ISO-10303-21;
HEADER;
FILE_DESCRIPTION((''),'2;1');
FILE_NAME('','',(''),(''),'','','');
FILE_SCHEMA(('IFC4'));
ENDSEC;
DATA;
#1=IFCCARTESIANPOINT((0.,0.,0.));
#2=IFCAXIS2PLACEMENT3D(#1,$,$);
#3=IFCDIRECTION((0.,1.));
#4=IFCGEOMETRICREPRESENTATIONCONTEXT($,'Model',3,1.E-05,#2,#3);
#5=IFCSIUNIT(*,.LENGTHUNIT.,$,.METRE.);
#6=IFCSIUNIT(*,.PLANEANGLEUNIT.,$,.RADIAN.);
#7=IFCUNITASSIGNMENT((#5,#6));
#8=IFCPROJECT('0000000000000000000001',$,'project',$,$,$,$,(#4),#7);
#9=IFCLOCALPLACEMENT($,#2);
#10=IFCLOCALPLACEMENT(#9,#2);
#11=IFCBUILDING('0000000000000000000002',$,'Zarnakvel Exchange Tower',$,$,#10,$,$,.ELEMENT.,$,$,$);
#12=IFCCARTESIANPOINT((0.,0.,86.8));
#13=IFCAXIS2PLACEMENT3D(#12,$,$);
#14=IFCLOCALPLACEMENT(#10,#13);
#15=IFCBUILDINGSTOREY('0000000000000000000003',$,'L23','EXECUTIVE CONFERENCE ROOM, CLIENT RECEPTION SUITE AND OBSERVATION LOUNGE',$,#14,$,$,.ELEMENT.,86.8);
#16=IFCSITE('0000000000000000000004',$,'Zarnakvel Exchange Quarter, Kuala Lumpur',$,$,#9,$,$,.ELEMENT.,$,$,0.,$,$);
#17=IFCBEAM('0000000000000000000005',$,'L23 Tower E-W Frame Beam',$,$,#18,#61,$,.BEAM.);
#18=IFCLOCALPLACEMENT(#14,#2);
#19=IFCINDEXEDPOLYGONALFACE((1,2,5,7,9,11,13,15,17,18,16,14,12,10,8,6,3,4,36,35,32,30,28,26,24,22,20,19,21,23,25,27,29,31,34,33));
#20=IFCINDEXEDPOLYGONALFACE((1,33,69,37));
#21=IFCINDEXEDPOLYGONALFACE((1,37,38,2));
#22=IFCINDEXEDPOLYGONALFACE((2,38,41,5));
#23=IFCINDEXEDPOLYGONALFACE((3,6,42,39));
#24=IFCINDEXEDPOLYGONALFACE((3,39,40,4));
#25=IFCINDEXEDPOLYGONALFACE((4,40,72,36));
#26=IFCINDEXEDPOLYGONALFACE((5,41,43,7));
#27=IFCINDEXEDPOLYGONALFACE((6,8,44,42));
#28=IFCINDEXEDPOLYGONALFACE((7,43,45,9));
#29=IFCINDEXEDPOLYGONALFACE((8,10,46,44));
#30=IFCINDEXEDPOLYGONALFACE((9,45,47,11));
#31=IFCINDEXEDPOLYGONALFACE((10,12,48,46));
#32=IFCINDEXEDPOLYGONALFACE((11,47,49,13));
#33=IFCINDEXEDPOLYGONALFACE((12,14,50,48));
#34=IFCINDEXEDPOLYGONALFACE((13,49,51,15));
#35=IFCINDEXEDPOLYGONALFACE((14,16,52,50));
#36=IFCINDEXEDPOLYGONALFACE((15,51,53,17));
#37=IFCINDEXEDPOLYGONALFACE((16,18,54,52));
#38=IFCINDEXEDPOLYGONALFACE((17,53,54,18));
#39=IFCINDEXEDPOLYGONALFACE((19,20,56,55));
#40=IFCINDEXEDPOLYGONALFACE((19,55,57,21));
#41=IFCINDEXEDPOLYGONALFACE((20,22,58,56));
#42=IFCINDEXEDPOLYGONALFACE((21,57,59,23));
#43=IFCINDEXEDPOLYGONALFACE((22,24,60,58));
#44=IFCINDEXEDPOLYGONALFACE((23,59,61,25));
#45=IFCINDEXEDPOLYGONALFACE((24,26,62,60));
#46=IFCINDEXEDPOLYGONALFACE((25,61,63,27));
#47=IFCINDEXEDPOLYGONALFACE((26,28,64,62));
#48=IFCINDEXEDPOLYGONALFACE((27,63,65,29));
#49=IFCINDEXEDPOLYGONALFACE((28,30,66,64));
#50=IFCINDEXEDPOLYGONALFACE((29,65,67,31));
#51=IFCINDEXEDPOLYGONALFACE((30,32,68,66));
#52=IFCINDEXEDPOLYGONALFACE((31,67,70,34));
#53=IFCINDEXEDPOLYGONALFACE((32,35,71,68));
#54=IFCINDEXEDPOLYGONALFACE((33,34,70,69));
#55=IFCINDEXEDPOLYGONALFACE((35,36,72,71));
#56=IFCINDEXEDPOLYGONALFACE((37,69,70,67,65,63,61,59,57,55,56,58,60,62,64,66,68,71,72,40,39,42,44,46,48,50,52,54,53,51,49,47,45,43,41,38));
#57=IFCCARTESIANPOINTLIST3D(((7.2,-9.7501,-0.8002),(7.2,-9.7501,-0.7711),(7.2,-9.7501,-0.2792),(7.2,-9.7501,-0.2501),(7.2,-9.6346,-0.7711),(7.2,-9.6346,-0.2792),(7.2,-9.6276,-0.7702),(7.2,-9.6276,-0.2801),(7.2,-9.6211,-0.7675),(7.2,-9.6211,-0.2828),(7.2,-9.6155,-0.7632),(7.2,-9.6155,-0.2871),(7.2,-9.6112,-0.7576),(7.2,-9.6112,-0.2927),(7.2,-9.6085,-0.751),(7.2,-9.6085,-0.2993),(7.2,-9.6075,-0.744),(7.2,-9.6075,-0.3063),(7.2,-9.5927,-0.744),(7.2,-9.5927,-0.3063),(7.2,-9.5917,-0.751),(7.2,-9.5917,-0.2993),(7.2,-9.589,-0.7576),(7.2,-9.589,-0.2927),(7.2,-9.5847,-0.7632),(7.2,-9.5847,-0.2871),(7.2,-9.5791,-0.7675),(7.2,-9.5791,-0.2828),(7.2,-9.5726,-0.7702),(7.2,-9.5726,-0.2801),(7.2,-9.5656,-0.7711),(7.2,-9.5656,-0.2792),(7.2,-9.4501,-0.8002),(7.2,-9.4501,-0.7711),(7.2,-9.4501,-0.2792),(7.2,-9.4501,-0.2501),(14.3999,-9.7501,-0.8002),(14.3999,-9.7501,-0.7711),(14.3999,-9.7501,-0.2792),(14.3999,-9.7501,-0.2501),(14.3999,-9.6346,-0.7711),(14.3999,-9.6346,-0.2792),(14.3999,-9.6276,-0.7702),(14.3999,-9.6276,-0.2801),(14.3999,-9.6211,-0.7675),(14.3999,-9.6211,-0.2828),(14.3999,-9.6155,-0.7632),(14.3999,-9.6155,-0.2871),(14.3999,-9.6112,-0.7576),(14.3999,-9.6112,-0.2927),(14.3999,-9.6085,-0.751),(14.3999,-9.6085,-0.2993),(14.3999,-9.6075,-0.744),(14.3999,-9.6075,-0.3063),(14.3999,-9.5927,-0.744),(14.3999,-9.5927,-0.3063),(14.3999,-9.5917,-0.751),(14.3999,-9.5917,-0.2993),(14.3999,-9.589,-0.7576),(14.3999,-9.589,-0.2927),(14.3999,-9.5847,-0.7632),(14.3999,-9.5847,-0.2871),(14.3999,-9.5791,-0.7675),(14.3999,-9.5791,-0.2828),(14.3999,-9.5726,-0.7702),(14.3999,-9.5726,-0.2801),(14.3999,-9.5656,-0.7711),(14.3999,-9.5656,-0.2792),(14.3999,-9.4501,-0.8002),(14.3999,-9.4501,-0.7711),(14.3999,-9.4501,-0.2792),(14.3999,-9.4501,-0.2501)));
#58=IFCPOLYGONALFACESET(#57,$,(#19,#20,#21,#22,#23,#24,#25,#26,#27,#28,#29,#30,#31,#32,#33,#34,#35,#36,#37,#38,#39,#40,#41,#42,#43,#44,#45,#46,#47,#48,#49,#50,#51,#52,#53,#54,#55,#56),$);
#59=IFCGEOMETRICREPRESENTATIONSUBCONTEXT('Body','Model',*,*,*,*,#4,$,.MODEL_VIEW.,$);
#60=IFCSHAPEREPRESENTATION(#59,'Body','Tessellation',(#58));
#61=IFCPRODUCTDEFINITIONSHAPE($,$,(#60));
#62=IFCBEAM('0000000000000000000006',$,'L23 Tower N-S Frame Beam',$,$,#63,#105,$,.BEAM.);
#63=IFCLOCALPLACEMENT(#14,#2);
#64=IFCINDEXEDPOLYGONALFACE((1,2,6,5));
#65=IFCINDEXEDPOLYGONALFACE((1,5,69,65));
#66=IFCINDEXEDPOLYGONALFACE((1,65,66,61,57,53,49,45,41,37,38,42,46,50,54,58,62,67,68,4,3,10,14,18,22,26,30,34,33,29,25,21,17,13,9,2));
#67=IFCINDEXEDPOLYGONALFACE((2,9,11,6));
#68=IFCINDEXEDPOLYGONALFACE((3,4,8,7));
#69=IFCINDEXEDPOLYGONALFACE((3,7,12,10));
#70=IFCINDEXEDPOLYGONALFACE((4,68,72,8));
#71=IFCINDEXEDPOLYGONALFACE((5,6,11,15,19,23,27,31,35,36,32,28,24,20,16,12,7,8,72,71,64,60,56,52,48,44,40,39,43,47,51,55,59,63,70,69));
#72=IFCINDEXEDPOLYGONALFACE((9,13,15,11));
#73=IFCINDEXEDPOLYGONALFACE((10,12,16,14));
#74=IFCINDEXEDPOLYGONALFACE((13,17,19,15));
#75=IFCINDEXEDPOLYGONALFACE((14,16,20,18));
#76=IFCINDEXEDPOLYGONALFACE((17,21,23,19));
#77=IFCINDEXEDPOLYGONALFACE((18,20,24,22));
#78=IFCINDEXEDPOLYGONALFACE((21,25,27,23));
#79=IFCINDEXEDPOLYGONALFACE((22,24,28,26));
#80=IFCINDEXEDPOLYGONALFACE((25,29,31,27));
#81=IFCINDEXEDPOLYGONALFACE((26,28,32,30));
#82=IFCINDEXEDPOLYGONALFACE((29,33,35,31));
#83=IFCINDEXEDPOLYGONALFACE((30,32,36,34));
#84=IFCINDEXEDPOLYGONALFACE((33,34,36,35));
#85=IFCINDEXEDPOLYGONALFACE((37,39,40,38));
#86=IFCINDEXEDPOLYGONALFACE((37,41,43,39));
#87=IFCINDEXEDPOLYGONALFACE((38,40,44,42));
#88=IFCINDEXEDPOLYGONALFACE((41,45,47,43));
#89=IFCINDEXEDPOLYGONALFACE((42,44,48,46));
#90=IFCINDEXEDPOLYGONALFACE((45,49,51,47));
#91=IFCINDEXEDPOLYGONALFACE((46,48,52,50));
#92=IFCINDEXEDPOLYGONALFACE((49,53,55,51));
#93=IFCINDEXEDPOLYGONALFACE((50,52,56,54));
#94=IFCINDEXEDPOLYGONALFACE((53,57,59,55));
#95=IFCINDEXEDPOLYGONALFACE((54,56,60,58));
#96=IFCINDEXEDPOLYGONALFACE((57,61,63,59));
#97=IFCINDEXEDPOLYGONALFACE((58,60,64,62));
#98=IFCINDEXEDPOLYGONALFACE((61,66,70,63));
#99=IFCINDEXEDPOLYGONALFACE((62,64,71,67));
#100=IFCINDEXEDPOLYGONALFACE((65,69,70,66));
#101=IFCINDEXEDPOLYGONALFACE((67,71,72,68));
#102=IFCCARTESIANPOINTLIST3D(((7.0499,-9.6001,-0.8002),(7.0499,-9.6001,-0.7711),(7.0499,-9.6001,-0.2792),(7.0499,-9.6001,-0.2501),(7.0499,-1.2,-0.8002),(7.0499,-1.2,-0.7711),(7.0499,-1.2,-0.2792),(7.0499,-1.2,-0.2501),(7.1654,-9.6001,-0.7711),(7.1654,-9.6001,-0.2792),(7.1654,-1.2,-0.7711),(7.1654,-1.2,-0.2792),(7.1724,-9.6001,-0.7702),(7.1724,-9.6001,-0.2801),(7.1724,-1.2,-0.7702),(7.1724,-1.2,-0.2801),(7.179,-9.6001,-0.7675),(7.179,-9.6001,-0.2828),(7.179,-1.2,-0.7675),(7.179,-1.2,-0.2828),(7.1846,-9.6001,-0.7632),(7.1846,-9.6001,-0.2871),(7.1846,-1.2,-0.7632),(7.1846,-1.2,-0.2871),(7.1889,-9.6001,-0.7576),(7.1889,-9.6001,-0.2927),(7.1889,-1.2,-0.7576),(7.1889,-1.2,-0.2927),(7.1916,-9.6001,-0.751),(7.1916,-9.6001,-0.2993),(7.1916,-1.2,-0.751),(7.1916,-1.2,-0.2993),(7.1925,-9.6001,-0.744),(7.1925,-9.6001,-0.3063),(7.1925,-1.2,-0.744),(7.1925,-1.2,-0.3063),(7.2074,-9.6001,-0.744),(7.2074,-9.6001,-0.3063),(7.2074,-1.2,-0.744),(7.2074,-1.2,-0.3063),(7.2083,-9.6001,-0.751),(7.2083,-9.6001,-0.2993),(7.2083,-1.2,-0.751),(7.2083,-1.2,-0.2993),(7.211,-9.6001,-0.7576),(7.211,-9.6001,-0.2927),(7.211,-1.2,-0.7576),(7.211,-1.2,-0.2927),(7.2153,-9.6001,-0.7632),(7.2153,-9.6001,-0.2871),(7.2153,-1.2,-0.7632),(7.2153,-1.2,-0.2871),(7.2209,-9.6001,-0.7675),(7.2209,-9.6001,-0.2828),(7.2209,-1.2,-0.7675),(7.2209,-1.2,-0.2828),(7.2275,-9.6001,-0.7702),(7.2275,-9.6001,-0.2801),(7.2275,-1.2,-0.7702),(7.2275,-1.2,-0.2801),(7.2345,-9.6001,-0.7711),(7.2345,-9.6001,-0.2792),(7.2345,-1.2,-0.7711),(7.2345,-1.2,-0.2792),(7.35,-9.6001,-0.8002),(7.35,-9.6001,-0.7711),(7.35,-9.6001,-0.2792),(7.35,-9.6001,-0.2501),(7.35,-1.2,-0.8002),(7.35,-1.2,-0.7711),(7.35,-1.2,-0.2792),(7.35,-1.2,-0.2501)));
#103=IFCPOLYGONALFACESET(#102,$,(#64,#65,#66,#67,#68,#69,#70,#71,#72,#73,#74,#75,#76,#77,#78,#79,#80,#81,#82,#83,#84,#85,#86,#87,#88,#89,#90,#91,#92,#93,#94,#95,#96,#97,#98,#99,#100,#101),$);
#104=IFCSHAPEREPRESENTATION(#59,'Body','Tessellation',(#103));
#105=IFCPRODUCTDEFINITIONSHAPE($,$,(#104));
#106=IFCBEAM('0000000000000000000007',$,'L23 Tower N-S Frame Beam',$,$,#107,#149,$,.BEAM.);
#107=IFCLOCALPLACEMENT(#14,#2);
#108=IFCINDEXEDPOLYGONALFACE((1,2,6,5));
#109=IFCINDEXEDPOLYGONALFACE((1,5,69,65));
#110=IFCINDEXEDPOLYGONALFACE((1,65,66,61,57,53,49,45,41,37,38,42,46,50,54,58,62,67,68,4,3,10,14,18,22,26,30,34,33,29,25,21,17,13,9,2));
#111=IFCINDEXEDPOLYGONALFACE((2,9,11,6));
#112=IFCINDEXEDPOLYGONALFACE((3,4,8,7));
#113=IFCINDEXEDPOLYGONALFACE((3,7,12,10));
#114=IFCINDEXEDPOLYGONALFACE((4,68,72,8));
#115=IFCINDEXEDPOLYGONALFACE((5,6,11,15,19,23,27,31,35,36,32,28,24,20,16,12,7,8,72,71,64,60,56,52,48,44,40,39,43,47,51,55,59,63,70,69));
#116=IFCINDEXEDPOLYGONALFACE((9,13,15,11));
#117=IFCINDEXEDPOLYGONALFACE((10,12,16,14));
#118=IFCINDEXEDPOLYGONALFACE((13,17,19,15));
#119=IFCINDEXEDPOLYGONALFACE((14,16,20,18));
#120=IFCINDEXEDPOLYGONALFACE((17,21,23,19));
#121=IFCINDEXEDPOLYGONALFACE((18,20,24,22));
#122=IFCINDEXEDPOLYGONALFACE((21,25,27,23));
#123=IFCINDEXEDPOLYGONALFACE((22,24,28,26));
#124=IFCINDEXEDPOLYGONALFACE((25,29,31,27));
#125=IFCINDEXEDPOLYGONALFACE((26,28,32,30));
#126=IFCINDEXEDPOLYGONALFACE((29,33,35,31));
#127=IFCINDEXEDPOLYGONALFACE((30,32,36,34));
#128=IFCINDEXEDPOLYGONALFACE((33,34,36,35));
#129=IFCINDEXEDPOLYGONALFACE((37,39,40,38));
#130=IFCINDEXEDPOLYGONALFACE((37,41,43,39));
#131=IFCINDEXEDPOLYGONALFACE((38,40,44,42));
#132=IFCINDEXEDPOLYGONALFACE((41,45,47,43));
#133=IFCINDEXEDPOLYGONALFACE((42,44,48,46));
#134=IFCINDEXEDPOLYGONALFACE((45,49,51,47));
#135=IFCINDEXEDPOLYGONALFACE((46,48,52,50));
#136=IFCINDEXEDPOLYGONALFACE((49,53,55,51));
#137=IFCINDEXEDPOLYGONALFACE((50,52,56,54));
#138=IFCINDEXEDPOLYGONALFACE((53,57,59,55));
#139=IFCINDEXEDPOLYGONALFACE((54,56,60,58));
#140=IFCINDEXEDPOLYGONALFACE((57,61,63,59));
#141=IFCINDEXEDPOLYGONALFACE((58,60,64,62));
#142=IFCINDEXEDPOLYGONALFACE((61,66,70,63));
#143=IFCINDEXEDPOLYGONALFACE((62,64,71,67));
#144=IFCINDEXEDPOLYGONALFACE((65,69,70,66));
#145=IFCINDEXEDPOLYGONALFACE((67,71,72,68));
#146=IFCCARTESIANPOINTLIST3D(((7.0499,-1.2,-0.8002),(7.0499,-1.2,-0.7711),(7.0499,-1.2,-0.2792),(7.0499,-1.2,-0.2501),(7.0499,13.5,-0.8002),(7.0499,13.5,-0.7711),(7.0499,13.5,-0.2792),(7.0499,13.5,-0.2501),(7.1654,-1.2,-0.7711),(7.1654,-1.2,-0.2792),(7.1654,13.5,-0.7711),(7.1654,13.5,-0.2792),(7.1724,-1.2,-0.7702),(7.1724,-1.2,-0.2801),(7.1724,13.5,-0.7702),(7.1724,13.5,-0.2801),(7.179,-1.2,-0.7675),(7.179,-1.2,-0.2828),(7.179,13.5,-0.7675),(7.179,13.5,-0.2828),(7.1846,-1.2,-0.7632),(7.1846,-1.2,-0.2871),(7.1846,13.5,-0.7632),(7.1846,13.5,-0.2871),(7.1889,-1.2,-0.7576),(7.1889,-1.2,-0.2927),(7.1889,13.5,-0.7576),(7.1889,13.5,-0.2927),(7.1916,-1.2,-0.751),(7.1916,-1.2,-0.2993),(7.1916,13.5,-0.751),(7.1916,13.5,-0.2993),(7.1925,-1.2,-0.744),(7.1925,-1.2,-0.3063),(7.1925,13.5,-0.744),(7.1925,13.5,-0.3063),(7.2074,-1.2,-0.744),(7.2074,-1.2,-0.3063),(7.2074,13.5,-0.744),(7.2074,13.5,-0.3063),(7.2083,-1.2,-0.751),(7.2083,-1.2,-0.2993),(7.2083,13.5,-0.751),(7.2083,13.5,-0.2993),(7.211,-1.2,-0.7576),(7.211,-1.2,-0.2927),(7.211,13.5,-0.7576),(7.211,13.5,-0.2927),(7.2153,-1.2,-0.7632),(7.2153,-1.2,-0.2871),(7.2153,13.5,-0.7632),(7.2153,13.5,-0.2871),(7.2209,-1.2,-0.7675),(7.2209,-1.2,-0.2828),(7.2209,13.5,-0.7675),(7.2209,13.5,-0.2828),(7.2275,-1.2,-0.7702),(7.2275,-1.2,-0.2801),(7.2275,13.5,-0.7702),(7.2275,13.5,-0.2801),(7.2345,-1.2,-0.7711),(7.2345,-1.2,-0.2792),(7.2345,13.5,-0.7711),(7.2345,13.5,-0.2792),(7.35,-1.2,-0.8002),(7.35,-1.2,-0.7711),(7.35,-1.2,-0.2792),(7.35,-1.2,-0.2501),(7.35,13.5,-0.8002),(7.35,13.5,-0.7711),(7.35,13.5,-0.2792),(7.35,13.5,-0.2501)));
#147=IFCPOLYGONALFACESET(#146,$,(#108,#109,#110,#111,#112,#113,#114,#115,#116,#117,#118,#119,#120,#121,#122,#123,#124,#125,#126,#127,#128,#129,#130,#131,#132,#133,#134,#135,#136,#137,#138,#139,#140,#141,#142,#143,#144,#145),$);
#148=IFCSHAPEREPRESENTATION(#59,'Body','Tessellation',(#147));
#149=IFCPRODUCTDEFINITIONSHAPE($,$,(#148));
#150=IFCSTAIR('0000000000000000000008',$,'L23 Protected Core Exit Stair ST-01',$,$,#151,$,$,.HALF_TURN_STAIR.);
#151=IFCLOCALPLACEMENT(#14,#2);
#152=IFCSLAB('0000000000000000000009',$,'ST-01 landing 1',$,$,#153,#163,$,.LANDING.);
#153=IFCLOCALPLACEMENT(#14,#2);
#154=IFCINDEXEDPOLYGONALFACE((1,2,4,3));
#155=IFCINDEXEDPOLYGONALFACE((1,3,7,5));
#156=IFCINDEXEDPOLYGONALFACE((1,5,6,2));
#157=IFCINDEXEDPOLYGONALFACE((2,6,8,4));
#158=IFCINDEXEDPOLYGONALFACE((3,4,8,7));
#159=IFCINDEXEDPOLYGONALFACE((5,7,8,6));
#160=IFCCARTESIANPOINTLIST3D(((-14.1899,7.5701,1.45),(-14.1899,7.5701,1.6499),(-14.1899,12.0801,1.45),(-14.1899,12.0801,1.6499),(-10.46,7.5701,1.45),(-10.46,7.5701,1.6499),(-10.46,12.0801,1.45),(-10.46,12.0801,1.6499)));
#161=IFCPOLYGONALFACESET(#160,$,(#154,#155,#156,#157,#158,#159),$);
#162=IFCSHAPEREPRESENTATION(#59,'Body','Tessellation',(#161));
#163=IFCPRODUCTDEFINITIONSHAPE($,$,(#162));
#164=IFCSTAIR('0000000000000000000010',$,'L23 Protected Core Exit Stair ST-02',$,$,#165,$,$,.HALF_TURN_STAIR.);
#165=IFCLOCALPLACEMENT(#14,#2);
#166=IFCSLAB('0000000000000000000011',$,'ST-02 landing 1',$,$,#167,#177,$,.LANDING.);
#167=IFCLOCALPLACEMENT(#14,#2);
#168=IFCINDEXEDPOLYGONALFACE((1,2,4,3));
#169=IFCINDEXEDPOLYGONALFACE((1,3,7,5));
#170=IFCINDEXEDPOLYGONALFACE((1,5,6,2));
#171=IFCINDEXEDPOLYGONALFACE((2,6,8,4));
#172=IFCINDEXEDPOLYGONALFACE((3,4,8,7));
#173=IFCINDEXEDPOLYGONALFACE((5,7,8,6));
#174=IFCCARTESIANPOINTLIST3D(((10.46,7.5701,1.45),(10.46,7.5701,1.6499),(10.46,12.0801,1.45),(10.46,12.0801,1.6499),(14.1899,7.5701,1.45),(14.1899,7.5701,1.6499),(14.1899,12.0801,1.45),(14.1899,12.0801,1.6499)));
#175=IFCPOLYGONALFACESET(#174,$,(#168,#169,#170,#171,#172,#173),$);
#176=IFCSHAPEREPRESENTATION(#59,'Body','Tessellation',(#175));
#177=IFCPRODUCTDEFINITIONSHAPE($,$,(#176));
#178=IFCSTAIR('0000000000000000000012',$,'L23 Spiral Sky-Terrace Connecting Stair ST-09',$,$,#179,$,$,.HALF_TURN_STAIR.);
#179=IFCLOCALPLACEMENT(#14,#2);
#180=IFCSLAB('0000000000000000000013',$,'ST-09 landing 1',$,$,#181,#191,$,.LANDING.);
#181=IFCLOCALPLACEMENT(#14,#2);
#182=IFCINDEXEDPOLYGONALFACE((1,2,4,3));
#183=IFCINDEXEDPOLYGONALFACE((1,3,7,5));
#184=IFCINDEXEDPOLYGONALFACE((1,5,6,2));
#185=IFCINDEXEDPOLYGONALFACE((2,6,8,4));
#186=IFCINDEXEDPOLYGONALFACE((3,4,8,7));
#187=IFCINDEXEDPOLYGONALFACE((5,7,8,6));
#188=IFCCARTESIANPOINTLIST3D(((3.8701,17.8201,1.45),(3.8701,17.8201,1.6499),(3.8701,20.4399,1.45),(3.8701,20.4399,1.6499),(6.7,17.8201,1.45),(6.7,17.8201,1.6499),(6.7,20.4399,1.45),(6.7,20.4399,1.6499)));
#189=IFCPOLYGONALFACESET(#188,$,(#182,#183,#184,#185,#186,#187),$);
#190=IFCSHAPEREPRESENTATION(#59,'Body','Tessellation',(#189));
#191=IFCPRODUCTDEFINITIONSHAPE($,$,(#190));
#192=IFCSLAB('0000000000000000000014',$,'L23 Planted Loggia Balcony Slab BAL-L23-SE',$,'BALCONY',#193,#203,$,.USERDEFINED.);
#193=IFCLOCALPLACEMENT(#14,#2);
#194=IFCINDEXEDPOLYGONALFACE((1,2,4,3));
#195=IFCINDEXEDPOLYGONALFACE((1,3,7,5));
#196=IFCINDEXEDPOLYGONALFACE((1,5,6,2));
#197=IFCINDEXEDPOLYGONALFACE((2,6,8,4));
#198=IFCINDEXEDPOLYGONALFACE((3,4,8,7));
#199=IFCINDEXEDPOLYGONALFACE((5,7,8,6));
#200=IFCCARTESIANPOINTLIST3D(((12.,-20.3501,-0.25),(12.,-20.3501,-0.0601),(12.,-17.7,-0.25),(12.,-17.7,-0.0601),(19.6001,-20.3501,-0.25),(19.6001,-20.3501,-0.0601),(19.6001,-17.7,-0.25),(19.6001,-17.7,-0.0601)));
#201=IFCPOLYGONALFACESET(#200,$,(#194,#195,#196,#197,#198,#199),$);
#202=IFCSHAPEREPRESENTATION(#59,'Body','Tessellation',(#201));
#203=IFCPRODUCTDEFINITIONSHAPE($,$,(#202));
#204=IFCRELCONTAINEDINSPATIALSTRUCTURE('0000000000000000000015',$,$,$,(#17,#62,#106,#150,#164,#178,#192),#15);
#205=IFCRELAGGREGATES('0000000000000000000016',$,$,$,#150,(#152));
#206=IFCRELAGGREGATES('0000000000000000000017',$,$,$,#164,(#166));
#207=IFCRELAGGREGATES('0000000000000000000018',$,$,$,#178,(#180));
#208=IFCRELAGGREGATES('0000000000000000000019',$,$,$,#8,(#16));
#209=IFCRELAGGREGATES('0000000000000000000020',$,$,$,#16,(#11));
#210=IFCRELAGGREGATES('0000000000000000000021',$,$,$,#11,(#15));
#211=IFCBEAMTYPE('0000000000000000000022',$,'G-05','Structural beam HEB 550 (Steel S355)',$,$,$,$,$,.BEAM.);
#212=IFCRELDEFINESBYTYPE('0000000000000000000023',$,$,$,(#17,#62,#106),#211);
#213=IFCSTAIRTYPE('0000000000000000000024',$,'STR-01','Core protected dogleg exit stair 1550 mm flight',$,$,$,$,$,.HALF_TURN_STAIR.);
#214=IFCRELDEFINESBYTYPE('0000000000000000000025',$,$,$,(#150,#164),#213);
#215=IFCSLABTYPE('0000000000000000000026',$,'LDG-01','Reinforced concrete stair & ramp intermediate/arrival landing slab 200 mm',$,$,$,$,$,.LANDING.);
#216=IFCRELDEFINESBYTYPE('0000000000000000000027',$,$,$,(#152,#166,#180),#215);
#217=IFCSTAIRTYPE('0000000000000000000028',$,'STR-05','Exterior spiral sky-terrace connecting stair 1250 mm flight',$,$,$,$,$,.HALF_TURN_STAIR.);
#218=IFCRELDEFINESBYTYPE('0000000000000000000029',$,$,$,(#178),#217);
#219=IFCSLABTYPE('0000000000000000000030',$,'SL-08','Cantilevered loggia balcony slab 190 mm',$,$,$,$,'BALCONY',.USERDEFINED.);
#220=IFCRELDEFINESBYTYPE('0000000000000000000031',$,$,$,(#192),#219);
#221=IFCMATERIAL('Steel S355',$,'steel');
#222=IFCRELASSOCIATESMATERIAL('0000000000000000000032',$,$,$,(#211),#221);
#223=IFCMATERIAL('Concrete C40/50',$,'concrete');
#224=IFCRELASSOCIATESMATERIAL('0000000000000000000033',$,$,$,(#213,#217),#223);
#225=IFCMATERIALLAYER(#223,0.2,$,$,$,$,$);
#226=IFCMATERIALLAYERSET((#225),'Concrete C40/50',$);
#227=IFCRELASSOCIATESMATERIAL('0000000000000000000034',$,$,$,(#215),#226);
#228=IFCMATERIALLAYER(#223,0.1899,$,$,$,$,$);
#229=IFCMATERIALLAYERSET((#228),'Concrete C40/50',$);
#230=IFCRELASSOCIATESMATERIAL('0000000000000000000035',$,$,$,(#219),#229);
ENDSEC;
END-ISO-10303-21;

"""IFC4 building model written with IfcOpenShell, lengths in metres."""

from ifc_helpers import new_model, si_unit, direction, frame, origin, origin_2d, place, context, subcontext, project, spatial, polyline, i_section, outline, extrude, material, layer, layer_set, material_profile, profile_set, type_object, element, aggregate, save


model = new_model("IFC4")

# Units and contexts
model_context = context("Model", 3, precision=1e-05, world=origin(), true_north=direction((0.0, 1.0)))
body_context = subcontext(model_context, "Body", "Model", "MODEL_VIEW")
ifc_project = project(units=[si_unit("LENGTHUNIT", "METRE"), si_unit("PLANEANGLEUNIT", "RADIAN")], contexts=[model_context])

# Site, building, storey
site_placement = place(None, origin())
site = spatial("IfcSite", under=ifc_project, at=site_placement, Name="Zarnakvel Exchange Quarter, Kuala Lumpur", CompositionType="ELEMENT", RefElevation=0.0)
building_placement = place(site_placement, origin())
building = spatial("IfcBuilding", under=site, at=building_placement, Name="Zarnakvel Exchange Tower", CompositionType="ELEMENT")
storey_placement = place(building_placement, frame((0.0, 0.0, 86.8)))
storey = spatial("IfcBuildingStorey", under=building, at=storey_placement, Name="L23", Description="EXECUTIVE CONFERENCE ROOM, CLIENT RECEPTION SUITE AND OBSERVATION LOUNGE", CompositionType="ELEMENT", Elevation=86.8)

# Beams
ifc_material_1 = material(Name="Steel S355", Category="steel")
ifc_material_profile_1 = material_profile(ifc_material_1, i_section(OverallWidth=0.3, OverallDepth=0.55, WebThickness=0.0149, FlangeThickness=0.0291, FilletRadius=0.0271, at=origin_2d()))
ifc_profile_set_1 = profile_set([ifc_material_profile_1], Name="Steel S355")
beam_type_1 = type_object("IfcBeamType", Name="G-05", Description="Structural beam HEB 550 (Steel S355)", PredefinedType="BEAM", material=ifc_profile_set_1)
beam_1_placement = place(storey_placement, frame((7.2, -9.6001, -0.5251), z_axis=(1.0, 0.0, 0.0), x_axis=(0.0, 1.0, 0.0)))
element("IfcBeam", 1, at=beam_1_placement, inside=storey, type_object=beam_type_1, Name="L23 Tower E-W Frame Beam", PredefinedType="BEAM", context=body_context, shape_type="SweptSolid", body=[
    extrude(i_section(OverallWidth=0.3, OverallDepth=0.55, WebThickness=0.0149, FlangeThickness=0.0291, FilletRadius=0.0271, at=origin_2d()), origin(), (0.0, 0.0, 1.0), 7.2),
])
beam_2_placement = place(storey_placement, frame((7.2, -9.6001, -0.5251), z_axis=(0.0, 1.0, 0.0), x_axis=(-1.0, 0.0, 0.0)))
element("IfcBeam", 2, at=beam_2_placement, inside=storey, type_object=beam_type_1, Name="L23 Tower N-S Frame Beam", PredefinedType="BEAM", context=body_context, shape_type="SweptSolid", body=[
    extrude(i_section(OverallWidth=0.3, OverallDepth=0.55, WebThickness=0.0149, FlangeThickness=0.0291, FilletRadius=0.0271, at=origin_2d()), origin(), (0.0, 0.0, 1.0), 8.4001),
])
beam_3_placement = place(storey_placement, frame((7.2, -1.2, -0.5251), z_axis=(0.0, 1.0, 0.0), x_axis=(-1.0, 0.0, 0.0)))
element("IfcBeam", 3, at=beam_3_placement, inside=storey, type_object=beam_type_1, Name="L23 Tower N-S Frame Beam", PredefinedType="BEAM", context=body_context, shape_type="SweptSolid", body=[
    extrude(i_section(OverallWidth=0.3, OverallDepth=0.55, WebThickness=0.0149, FlangeThickness=0.0291, FilletRadius=0.0271, at=origin_2d()), origin(), (0.0, 0.0, 1.0), 14.7),
])

# Stairs, slabs
ifc_material_2 = material(Name="Concrete C40/50", Category="concrete")
stair_type_1 = type_object("IfcStairType", Name="STR-01", Description="Core protected dogleg exit stair 1550 mm flight", PredefinedType="HALF_TURN_STAIR", material=ifc_material_2)
stair_1_placement = place(storey_placement, origin())
stair_1 = element("IfcStair", 4, at=stair_1_placement, inside=storey, type_object=stair_type_1, Name="L23 Protected Core Exit Stair ST-01", PredefinedType="HALF_TURN_STAIR")
ifc_layer_1 = layer(ifc_material_2, 0.2)
ifc_layer_set_1 = layer_set([ifc_layer_1], Name="Concrete C40/50")
slab_type_1 = type_object("IfcSlabType", Name="LDG-01", Description="Reinforced concrete stair & ramp intermediate/arrival landing slab 200 mm", PredefinedType="LANDING", material=ifc_layer_set_1)
slab_1_placement = place(storey_placement, frame((0.0, 0.0, 1.45)))
slab_1 = element("IfcSlab", 5, at=slab_1_placement, type_object=slab_type_1, Name="ST-01 landing 1", PredefinedType="LANDING", context=body_context, shape_type="SweptSolid", body=[
    extrude(outline(polyline([(-14.1899, 7.5701), (-10.46, 7.5701), (-10.46, 12.0801), (-14.1899, 12.0801), (-14.1899, 7.5701)])), origin(), (0.0, 0.0, 1.0), 0.2),
])
aggregate(stair_1, [slab_1])
stair_2_placement = place(storey_placement, origin())
stair_2 = element("IfcStair", 6, at=stair_2_placement, inside=storey, type_object=stair_type_1, Name="L23 Protected Core Exit Stair ST-02", PredefinedType="HALF_TURN_STAIR")
slab_2_placement = place(storey_placement, frame((0.0, 0.0, 1.45)))
slab_2 = element("IfcSlab", 7, at=slab_2_placement, type_object=slab_type_1, Name="ST-02 landing 1", PredefinedType="LANDING", context=body_context, shape_type="SweptSolid", body=[
    extrude(outline(polyline([(10.46, 7.5701), (14.1899, 7.5701), (14.1899, 12.0801), (10.46, 12.0801), (10.46, 7.5701)])), origin(), (0.0, 0.0, 1.0), 0.2),
])
aggregate(stair_2, [slab_2])
stair_type_2 = type_object("IfcStairType", Name="STR-05", Description="Exterior spiral sky-terrace connecting stair 1250 mm flight", PredefinedType="HALF_TURN_STAIR", material=ifc_material_2)
stair_3_placement = place(storey_placement, origin())
stair_3 = element("IfcStair", 8, at=stair_3_placement, inside=storey, type_object=stair_type_2, Name="L23 Spiral Sky-Terrace Connecting Stair ST-09", PredefinedType="HALF_TURN_STAIR")
slab_3_placement = place(storey_placement, frame((0.0, 0.0, 1.45)))
slab_3 = element("IfcSlab", 9, at=slab_3_placement, type_object=slab_type_1, Name="ST-09 landing 1", PredefinedType="LANDING", context=body_context, shape_type="SweptSolid", body=[
    extrude(outline(polyline([(3.8701, 17.8201), (6.7, 17.8201), (6.7, 20.4399), (3.8701, 20.4399), (3.8701, 17.8201)])), origin(), (0.0, 0.0, 1.0), 0.2),
])
aggregate(stair_3, [slab_3])

# Slab
ifc_layer_2 = layer(ifc_material_2, 0.1899)
ifc_layer_set_2 = layer_set([ifc_layer_2], Name="Concrete C40/50")
slab_type_2 = type_object("IfcSlabType", Name="SL-08", Description="Cantilevered loggia balcony slab 190 mm", ElementType="BALCONY", PredefinedType="USERDEFINED", material=ifc_layer_set_2)
slab_4_placement = place(storey_placement, frame((0.0, 0.0, -0.25)))
element("IfcSlab", 10, at=slab_4_placement, inside=storey, type_object=slab_type_2, Name="L23 Planted Loggia Balcony Slab BAL-L23-SE", ObjectType="BALCONY", PredefinedType="USERDEFINED", context=body_context, shape_type="SweptSolid", body=[
    extrude(outline(polyline([(12.0, -20.3501), (19.6001, -20.3501), (19.6001, -17.7), (12.0, -17.7), (12.0, -20.3501)])), origin(), (0.0, 0.0, 1.0), 0.1899),
])

save(model, "model.ifc")
